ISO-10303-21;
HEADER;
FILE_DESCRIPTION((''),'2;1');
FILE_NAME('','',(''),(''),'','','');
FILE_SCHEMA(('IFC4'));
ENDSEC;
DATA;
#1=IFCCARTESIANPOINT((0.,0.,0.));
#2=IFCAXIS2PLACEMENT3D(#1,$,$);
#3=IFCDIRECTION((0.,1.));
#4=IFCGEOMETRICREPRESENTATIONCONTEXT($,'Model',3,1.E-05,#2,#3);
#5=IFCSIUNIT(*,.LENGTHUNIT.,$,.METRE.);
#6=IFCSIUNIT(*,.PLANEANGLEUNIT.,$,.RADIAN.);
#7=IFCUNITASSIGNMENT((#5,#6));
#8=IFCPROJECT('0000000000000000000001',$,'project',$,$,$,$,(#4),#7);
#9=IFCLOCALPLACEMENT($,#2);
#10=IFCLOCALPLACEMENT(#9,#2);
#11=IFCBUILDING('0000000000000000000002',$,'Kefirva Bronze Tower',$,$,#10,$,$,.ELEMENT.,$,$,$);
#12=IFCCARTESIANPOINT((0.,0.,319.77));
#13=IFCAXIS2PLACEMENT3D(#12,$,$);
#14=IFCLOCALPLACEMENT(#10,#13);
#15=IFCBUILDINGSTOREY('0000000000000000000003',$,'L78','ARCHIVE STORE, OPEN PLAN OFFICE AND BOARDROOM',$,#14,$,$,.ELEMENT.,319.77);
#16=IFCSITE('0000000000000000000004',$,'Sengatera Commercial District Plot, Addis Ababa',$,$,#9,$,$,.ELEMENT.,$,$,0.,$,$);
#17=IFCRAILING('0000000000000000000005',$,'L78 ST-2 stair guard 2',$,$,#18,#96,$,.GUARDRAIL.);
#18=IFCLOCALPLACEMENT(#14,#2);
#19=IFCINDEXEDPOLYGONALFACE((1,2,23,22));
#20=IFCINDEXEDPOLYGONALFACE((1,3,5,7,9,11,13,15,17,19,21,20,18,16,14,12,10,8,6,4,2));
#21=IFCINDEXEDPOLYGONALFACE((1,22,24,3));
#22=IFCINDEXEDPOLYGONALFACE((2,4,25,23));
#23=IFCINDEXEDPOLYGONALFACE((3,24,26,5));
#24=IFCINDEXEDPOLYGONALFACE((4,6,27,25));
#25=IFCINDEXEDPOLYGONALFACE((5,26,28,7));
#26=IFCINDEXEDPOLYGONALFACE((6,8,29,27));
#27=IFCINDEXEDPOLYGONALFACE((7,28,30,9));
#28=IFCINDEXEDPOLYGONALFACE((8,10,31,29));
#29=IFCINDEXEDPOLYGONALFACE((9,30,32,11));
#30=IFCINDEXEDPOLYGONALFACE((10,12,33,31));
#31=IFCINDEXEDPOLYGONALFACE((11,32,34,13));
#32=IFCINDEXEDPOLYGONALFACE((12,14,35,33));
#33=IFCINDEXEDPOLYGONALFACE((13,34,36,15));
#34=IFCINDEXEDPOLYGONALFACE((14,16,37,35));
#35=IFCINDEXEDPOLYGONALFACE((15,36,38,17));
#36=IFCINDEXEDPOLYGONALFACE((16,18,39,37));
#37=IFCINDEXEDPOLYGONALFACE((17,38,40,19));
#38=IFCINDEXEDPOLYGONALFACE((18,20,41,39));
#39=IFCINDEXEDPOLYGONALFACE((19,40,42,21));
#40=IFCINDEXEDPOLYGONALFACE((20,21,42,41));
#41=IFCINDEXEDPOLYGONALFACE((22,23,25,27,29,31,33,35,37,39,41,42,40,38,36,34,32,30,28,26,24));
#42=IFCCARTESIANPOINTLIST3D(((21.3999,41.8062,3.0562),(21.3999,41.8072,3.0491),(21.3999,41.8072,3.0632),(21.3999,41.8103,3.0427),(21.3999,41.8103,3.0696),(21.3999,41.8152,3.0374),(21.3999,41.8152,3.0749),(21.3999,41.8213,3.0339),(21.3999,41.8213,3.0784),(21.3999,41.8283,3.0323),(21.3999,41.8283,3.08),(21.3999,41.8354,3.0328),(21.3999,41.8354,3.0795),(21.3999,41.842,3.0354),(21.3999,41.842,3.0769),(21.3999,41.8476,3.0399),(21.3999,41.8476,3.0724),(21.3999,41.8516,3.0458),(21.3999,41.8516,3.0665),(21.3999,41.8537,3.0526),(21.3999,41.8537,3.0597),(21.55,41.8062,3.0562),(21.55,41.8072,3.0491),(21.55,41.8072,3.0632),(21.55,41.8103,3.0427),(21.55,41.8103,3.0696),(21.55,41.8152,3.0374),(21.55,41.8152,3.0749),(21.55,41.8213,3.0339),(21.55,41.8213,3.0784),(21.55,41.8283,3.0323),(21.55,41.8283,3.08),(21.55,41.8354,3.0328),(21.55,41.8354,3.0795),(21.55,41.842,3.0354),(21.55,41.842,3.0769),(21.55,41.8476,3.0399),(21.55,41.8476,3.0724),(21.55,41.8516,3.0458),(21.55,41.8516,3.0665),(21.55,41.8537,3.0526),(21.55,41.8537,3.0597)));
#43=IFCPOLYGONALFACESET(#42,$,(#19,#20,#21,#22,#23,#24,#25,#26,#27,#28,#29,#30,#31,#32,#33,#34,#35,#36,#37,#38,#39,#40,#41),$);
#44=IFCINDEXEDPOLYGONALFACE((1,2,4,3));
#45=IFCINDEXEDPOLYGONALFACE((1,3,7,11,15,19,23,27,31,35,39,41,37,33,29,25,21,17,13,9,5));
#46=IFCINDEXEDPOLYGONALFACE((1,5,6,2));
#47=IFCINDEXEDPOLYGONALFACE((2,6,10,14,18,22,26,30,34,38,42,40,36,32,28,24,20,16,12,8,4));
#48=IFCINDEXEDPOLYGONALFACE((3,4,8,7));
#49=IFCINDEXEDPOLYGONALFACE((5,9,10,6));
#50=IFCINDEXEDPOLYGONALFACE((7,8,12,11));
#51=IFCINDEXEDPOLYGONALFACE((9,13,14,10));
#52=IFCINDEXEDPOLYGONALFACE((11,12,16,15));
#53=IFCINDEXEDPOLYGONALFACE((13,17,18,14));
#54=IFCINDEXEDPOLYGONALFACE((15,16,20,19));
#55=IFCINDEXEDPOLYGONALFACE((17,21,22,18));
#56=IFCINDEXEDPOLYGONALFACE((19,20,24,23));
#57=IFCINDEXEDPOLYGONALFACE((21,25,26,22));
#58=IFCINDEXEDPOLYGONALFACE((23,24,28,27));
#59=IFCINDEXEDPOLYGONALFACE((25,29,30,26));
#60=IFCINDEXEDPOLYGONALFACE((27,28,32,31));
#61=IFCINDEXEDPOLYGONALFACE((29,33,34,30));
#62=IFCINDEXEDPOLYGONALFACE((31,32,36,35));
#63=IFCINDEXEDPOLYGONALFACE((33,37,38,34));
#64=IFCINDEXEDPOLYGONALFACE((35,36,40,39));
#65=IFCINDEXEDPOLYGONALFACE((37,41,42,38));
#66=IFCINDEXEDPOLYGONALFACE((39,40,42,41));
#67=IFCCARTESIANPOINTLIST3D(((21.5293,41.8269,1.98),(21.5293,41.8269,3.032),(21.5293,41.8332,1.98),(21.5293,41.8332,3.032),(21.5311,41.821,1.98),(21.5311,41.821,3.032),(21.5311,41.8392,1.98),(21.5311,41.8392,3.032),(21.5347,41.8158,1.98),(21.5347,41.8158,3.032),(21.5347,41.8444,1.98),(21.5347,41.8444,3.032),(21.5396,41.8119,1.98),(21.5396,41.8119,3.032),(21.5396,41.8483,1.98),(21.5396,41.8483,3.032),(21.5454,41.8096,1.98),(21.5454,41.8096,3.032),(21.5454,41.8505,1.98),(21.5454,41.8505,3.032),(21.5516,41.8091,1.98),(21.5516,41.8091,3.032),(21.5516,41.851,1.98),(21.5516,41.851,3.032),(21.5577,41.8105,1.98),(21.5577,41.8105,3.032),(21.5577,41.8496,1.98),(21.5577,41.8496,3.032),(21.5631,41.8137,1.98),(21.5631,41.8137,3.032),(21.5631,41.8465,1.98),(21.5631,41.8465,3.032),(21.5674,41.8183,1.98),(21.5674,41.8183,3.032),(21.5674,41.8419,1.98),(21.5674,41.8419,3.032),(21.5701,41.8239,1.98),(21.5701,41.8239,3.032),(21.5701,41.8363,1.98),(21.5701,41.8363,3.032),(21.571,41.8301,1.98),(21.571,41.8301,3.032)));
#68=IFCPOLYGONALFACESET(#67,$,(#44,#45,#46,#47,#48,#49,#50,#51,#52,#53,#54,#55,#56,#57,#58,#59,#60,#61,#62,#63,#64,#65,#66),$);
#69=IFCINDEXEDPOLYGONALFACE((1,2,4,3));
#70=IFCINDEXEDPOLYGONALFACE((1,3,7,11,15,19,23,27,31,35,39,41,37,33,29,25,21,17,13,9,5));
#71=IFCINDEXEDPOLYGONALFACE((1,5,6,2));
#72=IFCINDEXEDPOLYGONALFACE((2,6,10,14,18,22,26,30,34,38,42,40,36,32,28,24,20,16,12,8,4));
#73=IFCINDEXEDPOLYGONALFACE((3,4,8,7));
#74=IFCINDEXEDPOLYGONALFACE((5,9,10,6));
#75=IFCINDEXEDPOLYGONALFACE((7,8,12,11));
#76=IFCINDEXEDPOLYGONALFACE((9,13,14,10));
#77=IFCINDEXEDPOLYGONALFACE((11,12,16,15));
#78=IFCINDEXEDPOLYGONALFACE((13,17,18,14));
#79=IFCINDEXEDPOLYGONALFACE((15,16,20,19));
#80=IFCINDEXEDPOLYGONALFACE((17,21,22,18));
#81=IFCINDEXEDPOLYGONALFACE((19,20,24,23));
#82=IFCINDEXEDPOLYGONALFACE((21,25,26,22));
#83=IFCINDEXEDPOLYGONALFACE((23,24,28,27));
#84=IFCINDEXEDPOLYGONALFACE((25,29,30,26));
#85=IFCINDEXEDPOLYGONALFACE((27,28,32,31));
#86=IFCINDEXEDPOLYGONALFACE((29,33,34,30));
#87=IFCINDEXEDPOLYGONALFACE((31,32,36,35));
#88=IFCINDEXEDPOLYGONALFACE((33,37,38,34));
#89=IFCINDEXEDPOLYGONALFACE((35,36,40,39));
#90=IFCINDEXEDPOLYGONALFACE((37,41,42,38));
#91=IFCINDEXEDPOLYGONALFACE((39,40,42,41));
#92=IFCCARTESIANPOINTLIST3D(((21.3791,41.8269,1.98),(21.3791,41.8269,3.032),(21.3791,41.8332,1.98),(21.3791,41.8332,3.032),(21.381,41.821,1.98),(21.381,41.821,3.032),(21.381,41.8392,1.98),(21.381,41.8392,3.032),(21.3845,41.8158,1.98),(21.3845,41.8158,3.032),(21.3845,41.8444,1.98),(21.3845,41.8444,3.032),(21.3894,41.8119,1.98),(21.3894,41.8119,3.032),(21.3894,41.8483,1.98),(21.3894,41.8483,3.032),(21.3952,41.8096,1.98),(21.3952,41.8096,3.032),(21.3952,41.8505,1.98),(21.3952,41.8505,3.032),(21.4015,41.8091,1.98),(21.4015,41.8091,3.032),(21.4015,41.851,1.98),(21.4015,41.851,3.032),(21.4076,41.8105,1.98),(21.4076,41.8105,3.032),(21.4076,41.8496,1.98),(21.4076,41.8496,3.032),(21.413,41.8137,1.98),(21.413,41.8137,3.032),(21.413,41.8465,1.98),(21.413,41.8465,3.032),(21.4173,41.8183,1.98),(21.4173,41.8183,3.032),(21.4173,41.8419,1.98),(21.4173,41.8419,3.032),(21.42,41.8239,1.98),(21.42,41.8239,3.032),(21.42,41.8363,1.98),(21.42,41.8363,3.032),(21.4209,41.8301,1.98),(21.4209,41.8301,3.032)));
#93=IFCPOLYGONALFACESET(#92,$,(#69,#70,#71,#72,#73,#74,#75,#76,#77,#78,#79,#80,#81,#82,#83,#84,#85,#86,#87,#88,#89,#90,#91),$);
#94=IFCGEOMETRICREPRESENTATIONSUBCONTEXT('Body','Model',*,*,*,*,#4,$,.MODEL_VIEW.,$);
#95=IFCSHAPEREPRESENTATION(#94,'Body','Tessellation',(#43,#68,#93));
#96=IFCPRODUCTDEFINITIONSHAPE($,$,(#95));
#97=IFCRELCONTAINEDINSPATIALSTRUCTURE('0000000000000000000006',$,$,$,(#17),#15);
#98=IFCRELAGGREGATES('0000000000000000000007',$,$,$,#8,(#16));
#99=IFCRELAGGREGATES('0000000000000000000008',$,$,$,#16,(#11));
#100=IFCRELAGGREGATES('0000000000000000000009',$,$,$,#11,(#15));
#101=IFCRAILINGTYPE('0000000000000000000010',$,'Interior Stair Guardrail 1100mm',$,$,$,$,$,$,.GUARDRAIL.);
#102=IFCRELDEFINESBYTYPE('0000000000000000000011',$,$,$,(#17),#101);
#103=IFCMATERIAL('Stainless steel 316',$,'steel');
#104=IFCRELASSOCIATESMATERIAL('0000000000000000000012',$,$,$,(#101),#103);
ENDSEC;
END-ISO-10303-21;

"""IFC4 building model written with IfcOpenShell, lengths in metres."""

from ifc_helpers import new_model, si_unit, direction, frame, origin, origin_2d, place, context, subcontext, project, spatial, circle, extrude, material, type_object, element, save


model = new_model("IFC4")

# Units and contexts
model_context = context("Model", 3, precision=1e-05, world=origin(), true_north=direction((0.0, 1.0)))
body_context = subcontext(model_context, "Body", "Model", "MODEL_VIEW")
ifc_project = project(units=[si_unit("LENGTHUNIT", "METRE"), si_unit("PLANEANGLEUNIT", "RADIAN")], contexts=[model_context])

# Site, building, storey
site_placement = place(None, origin())
site = spatial("IfcSite", under=ifc_project, at=site_placement, Name="Sengatera Commercial District Plot, Addis Ababa", CompositionType="ELEMENT", RefElevation=0.0)
building_placement = place(site_placement, origin())
building = spatial("IfcBuilding", under=site, at=building_placement, Name="Kefirva Bronze Tower", CompositionType="ELEMENT")
storey_placement = place(building_placement, frame((0.0, 0.0, 319.77)))
storey = spatial("IfcBuildingStorey", under=building, at=storey_placement, Name="L78", Description="ARCHIVE STORE, OPEN PLAN OFFICE AND BOARDROOM", CompositionType="ELEMENT", Elevation=319.77)

# Railing
ifc_material_1 = material(Name="Stainless steel 316", Category="steel")
railing_type_1 = type_object("IfcRailingType", Name="Interior Stair Guardrail 1100mm", PredefinedType="GUARDRAIL", material=ifc_material_1)
railing_1_placement = place(storey_placement, frame((21.55, 41.8301, 1.98)))
element("IfcRailing", 1, at=railing_1_placement, inside=storey, type_object=railing_type_1, Name="L78 ST-2 stair guard 2", PredefinedType="GUARDRAIL", context=body_context, shape_type="SweptSolid", body=[
    extrude(circle(Radius=0.0239, at=origin_2d()), frame((0.0, 0.0, 1.0762), z_axis=(-1.0, 0.0, 0.0), x_axis=(0.0, -1.0, 0.0)), (0.0, 0.0, 1.0), 0.1501),
    extrude(circle(Radius=0.021, at=origin_2d()), origin(), (0.0, 0.0, 1.0), 1.052),
    extrude(circle(Radius=0.021, at=origin_2d()), frame((-0.1501, 0.0, 0.0)), (0.0, 0.0, 1.0), 1.052),
])

save(model, "model.ifc")
